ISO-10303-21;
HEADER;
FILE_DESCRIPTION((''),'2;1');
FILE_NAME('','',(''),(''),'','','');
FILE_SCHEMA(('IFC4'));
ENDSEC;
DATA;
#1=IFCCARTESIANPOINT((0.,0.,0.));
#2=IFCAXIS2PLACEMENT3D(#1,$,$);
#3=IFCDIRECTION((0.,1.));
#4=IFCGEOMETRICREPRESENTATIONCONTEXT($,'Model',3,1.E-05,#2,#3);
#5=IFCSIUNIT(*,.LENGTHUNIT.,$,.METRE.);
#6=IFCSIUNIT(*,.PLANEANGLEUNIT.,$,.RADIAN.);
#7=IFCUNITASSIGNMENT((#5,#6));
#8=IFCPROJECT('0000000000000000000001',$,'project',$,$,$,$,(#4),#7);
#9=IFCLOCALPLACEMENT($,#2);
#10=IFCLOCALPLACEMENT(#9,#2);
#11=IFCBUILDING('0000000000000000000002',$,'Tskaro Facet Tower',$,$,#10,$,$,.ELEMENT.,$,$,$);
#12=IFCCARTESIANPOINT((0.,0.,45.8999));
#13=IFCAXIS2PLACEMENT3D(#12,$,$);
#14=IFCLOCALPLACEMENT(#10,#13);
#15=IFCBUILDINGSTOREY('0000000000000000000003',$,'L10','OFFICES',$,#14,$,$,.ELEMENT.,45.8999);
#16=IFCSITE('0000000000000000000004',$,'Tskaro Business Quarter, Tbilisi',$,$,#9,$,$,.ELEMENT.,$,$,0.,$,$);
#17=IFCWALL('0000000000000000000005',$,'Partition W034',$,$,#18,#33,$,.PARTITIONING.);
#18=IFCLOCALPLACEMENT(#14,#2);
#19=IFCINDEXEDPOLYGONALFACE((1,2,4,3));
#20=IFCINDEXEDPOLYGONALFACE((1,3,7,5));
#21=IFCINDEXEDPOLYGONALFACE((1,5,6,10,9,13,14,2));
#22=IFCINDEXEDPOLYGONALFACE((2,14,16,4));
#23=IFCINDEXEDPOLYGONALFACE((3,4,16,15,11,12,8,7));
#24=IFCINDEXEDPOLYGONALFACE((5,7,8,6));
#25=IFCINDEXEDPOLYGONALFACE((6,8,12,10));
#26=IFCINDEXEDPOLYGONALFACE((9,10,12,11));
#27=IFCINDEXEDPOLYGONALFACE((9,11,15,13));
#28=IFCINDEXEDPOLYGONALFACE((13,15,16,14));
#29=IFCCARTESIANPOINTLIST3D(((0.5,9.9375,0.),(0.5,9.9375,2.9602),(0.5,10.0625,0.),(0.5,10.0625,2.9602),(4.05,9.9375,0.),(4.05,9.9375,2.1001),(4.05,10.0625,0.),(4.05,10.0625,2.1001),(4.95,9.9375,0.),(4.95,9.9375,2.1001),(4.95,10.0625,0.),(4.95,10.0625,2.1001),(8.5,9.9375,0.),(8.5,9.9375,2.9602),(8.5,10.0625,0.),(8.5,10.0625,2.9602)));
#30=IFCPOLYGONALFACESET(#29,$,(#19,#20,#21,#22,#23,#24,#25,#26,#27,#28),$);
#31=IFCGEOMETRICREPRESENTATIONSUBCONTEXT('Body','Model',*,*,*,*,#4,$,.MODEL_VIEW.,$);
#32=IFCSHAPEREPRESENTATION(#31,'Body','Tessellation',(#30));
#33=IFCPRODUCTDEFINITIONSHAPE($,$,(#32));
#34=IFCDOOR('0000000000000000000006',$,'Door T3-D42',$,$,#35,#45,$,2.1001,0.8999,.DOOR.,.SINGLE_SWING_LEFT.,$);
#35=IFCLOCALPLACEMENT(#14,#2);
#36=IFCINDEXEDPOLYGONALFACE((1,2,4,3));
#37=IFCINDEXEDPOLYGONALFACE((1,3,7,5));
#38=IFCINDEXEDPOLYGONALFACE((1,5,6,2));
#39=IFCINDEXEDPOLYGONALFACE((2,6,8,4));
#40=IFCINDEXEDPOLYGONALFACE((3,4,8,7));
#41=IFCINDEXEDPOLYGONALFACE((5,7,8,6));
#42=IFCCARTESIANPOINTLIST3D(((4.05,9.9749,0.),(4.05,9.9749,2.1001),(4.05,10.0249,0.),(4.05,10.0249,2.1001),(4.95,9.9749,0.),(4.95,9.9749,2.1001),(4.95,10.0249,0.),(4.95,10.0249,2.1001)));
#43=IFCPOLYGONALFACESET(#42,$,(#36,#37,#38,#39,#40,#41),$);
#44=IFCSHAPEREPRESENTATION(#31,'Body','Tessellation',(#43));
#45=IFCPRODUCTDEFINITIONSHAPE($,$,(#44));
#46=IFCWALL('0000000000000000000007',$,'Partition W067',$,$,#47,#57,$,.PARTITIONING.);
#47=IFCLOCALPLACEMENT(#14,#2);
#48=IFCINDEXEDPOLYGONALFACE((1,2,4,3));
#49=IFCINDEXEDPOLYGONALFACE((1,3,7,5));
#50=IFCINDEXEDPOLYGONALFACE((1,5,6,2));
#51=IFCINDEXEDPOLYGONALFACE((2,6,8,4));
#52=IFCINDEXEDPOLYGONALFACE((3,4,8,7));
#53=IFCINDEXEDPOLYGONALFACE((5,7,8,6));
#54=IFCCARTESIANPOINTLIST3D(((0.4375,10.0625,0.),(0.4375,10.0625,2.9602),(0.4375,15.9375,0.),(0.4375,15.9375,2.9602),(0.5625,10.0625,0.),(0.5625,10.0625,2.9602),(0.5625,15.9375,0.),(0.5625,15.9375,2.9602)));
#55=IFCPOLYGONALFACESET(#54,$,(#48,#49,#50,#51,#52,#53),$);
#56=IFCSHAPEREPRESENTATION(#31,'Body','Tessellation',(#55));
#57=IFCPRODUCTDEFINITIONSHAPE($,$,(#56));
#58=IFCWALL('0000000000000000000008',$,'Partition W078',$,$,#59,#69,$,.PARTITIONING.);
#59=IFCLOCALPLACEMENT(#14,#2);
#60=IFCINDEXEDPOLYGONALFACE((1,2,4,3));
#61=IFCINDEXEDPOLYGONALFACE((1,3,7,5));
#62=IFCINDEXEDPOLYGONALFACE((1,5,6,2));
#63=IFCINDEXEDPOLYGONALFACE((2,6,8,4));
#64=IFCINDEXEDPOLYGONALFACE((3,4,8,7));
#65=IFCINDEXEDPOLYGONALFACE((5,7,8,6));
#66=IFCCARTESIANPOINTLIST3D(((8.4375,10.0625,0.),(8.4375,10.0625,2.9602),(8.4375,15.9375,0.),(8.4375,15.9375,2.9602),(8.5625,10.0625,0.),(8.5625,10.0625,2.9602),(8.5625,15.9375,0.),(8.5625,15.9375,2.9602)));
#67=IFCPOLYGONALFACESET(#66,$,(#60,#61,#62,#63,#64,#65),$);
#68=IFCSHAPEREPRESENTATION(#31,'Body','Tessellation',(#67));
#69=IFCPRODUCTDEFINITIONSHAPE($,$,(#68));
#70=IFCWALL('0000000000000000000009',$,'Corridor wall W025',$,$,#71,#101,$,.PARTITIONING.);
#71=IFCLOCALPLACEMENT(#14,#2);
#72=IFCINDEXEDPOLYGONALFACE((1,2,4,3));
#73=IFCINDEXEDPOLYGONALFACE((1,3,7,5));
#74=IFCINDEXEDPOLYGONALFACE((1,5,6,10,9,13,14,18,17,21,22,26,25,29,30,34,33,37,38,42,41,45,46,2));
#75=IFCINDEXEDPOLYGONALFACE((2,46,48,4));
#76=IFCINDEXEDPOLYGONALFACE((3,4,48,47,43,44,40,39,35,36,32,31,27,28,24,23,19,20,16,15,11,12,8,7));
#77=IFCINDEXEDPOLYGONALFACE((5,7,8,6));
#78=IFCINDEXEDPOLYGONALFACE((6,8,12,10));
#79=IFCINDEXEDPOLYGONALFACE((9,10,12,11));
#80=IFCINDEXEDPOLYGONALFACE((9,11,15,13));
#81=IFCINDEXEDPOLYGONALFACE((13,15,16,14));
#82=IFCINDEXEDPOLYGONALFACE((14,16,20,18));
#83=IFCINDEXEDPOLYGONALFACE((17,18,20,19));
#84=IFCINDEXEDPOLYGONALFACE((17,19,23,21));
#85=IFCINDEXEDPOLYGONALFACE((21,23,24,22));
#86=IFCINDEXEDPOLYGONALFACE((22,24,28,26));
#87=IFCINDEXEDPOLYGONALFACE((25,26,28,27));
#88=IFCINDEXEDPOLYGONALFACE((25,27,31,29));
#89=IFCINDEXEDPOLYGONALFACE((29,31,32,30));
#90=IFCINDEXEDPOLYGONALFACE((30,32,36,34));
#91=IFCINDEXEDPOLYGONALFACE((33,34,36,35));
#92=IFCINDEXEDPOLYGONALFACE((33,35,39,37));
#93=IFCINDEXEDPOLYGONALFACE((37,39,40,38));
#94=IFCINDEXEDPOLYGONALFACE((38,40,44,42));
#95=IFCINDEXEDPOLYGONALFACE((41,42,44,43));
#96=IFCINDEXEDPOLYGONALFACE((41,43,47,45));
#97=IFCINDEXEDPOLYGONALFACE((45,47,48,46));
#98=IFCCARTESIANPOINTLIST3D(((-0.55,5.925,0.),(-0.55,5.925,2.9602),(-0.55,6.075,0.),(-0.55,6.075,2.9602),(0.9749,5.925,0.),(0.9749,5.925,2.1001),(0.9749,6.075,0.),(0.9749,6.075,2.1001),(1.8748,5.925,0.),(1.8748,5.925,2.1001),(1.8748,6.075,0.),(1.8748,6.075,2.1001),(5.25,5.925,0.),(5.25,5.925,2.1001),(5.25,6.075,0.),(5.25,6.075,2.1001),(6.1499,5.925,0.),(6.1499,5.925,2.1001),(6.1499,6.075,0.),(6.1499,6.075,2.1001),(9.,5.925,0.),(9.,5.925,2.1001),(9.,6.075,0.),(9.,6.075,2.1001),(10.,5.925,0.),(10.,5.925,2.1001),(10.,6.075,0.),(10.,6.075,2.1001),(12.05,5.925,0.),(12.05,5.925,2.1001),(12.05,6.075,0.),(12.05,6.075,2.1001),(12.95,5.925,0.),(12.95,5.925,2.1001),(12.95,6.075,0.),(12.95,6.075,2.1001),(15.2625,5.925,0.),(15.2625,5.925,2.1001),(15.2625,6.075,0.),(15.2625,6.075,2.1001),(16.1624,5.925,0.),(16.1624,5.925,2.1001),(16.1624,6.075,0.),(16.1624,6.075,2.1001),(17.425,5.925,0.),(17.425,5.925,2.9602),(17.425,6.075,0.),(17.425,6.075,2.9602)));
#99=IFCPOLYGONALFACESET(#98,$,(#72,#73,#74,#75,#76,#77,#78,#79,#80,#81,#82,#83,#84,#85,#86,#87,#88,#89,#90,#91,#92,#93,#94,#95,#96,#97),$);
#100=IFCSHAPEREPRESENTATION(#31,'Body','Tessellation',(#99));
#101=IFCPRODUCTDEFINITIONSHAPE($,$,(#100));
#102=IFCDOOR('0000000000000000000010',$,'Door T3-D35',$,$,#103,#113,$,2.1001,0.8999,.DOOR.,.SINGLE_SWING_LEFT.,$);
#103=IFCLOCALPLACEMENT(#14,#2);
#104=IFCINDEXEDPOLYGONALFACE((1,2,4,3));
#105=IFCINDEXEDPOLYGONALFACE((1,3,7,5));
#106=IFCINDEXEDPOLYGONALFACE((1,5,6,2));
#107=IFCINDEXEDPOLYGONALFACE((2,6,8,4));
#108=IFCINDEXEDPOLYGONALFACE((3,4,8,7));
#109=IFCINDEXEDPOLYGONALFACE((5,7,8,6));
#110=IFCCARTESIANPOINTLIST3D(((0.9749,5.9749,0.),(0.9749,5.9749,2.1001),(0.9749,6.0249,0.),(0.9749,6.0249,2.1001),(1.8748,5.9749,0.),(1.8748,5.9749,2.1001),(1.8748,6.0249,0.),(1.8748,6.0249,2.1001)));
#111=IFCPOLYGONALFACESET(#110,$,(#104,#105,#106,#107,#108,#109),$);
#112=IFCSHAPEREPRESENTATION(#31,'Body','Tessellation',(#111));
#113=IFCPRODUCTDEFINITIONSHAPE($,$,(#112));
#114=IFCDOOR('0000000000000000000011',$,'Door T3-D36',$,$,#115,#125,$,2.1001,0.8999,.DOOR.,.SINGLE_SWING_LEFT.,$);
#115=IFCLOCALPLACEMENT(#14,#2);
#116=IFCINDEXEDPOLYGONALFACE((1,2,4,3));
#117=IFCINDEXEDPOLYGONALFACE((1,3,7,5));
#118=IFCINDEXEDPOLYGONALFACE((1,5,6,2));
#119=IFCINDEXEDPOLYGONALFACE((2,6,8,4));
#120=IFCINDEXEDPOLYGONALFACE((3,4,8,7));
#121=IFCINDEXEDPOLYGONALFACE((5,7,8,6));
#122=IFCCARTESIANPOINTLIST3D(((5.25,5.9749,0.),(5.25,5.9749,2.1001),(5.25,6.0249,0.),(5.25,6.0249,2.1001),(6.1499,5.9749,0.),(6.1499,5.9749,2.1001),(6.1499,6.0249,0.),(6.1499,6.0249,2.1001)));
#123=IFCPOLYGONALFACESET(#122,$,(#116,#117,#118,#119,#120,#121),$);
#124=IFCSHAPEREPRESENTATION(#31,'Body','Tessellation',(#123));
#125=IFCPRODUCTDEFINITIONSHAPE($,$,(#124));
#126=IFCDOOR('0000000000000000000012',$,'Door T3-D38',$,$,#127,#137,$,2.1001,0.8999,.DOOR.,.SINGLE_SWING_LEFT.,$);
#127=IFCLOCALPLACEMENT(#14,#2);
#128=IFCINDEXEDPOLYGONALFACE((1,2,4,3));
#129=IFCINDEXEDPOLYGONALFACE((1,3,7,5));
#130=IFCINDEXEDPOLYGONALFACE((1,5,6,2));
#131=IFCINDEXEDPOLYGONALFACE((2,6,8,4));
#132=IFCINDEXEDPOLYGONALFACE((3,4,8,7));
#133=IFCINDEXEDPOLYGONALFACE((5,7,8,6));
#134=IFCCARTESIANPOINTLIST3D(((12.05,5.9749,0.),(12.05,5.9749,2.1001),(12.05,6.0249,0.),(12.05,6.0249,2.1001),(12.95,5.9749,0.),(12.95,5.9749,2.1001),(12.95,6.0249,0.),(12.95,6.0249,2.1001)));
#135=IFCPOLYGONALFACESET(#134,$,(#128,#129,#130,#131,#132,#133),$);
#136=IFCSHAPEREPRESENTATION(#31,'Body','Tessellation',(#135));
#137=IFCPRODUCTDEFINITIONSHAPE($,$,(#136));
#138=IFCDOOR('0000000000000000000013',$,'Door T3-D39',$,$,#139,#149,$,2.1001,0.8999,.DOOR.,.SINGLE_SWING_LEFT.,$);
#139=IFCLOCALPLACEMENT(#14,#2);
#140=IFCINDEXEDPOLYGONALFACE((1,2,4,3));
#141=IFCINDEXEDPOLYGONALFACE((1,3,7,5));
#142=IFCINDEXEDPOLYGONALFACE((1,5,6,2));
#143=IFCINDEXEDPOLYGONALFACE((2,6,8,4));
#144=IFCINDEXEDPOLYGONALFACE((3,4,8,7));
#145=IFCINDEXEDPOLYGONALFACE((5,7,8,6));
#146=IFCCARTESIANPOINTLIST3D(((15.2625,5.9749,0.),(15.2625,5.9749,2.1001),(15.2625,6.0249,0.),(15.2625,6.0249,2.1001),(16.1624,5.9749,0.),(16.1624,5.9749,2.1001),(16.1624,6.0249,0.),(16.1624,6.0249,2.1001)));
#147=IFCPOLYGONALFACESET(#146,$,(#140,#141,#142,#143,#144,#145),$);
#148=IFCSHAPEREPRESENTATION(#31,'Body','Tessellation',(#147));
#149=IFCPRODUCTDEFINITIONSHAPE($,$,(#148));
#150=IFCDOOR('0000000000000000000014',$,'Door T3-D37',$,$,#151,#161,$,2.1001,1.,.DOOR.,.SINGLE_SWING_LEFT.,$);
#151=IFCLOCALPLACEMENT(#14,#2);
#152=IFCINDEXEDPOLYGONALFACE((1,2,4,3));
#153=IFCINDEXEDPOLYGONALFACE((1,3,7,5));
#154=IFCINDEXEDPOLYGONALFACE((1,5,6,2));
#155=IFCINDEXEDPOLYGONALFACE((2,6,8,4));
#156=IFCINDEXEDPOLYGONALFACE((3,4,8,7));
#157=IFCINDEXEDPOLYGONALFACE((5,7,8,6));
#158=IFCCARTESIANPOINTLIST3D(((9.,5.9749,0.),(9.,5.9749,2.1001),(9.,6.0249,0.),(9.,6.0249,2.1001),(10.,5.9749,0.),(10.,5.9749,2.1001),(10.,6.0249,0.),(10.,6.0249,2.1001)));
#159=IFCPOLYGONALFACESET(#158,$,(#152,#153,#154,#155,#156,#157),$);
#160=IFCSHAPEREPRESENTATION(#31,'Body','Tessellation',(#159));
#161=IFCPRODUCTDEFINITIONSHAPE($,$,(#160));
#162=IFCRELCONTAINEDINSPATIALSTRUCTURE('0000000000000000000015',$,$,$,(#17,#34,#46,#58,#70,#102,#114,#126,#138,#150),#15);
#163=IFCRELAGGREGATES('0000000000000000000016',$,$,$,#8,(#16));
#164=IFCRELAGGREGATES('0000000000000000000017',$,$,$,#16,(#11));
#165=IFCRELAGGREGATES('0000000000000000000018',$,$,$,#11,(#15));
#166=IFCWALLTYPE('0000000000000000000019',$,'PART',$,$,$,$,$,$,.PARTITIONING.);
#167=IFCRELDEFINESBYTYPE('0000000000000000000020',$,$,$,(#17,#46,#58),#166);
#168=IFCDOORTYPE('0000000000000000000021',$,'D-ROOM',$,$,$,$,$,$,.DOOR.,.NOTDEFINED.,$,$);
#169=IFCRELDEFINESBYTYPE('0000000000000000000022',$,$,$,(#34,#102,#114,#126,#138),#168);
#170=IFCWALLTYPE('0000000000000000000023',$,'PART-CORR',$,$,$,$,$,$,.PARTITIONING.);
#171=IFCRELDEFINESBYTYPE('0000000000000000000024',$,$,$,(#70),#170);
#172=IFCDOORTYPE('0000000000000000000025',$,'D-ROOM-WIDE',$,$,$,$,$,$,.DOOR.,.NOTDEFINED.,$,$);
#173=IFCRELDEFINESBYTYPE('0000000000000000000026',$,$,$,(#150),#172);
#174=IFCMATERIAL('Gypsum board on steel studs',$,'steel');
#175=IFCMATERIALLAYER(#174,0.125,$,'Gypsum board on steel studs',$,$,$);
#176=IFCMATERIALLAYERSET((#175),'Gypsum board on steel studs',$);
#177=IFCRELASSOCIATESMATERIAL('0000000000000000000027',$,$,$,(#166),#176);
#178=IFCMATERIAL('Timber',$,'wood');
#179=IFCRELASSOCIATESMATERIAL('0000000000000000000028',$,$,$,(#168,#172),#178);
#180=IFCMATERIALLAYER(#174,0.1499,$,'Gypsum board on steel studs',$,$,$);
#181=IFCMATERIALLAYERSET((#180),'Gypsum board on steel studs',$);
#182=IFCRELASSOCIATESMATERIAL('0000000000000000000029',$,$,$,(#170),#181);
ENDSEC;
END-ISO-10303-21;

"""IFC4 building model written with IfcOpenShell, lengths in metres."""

from ifc_helpers import new_model, si_unit, direction, frame, frame_2d, origin, place, context, subcontext, project, spatial, rectangle, extrude, material, layer, layer_set, type_object, element, fill, save


model = new_model("IFC4")

# Units and contexts
model_context = context("Model", 3, precision=1e-05, world=origin(), true_north=direction((0.0, 1.0)))
body_context = subcontext(model_context, "Body", "Model", "MODEL_VIEW")
ifc_project = project(units=[si_unit("LENGTHUNIT", "METRE"), si_unit("PLANEANGLEUNIT", "RADIAN")], contexts=[model_context])

# Site, building, storey
site_placement = place(None, origin())
site = spatial("IfcSite", under=ifc_project, at=site_placement, Name="Tskaro Business Quarter, Tbilisi", CompositionType="ELEMENT", RefElevation=0.0)
building_placement = place(site_placement, origin())
building = spatial("IfcBuilding", under=site, at=building_placement, Name="Tskaro Facet Tower", CompositionType="ELEMENT")
storey_placement = place(building_placement, frame((0.0, 0.0, 45.8999)))
storey = spatial("IfcBuildingStorey", under=building, at=storey_placement, Name="L10", Description="OFFICES", CompositionType="ELEMENT", Elevation=45.8999)

# Wall, opening, door
ifc_material_1 = material(Name="Gypsum board on steel studs", Category="steel")
ifc_layer_1 = layer(ifc_material_1, 0.125, Name="Gypsum board on steel studs")
ifc_layer_set_1 = layer_set([ifc_layer_1], Name="Gypsum board on steel studs")
wall_type_1 = type_object("IfcWallType", Name="PART", PredefinedType="PARTITIONING", material=ifc_layer_set_1)
wall_1_placement = place(storey_placement, frame((0.5, 10.0, 0.0), z_axis=(0.0, 0.0, 1.0), x_axis=(1.0, 0.0, 0.0)))
wall_1 = element("IfcWall", 1, at=wall_1_placement, inside=storey, type_object=wall_type_1, Name="Partition W034", PredefinedType="PARTITIONING", context=body_context, shape_type="SweptSolid", body=[
    extrude(rectangle(XDim=8.0, YDim=0.125, at=frame_2d((4.0, 0.0))), origin(), (0.0, 0.0, 1.0), 2.9602),
])
opening_1_placement = place(wall_1_placement, frame((3.55, 0.0, 0.0)))
opening_1 = element("IfcOpeningElement", 2, at=opening_1_placement, cuts=wall_1, PredefinedType="OPENING", context=body_context, shape_type="SweptSolid", body=[
    extrude(rectangle(XDim=0.8999, YDim=2.1001, at=frame_2d((0.45, 1.05))), frame((0.0, 0.0725, 0.0), z_axis=(0.0, -1.0, 0.0), x_axis=(1.0, 0.0, 0.0)), (0.0, 0.0, 1.0), 0.145),
])
ifc_material_2 = material(Name="Timber", Category="wood")
door_type_1 = type_object("IfcDoorType", Name="D-ROOM", OperationType="NOTDEFINED", PredefinedType="DOOR", material=ifc_material_2)
door_1_placement = place(opening_1_placement, origin())
door_1 = element("IfcDoor", 3, at=door_1_placement, inside=storey, type_object=door_type_1, Name="Door T3-D42", OperationType="SINGLE_SWING_LEFT", OverallHeight=2.1001, OverallWidth=0.8999, PredefinedType="DOOR", context=body_context, shape_type="SweptSolid", body=[
    extrude(rectangle(XDim=0.8999, YDim=2.1001, at=frame_2d((0.45, 1.05))), frame((0.0, 0.0249, 0.0), z_axis=(0.0, -1.0, 0.0), x_axis=(1.0, 0.0, 0.0)), (0.0, 0.0, 1.0), 0.05),
])
fill(opening_1, door_1)

# Walls
for number, where, z_axis, x_axis, name in (
    (4, (0.5, 10.0625, 0.0), (0.0, 0.0, 1.0), (0.0, 1.0, 0.0), "Partition W067"),
    (5, (8.5, 10.0625, 0.0), (0.0, 0.0, 1.0), (0.0, 1.0, 0.0), "Partition W078"),
):
    element("IfcWall", number, at=place(storey_placement, frame(where, z_axis=z_axis, x_axis=x_axis)), inside=storey, type_object=wall_type_1, Name=name, PredefinedType="PARTITIONING", context=body_context, shape_type="SweptSolid", body=[
        extrude(rectangle(XDim=5.875, YDim=0.125, at=frame_2d((2.9375, 0.0))), origin(), (0.0, 0.0, 1.0), 2.9602),
    ])

# Wall, openings, doors
ifc_layer_2 = layer(ifc_material_1, 0.1499, Name="Gypsum board on steel studs")
ifc_layer_set_2 = layer_set([ifc_layer_2], Name="Gypsum board on steel studs")
wall_type_2 = type_object("IfcWallType", Name="PART-CORR", PredefinedType="PARTITIONING", material=ifc_layer_set_2)
wall_2_placement = place(storey_placement, frame((-0.55, 6.0, 0.0), z_axis=(0.0, 0.0, 1.0), x_axis=(1.0, 0.0, 0.0)))
wall_2 = element("IfcWall", 6, at=wall_2_placement, inside=storey, type_object=wall_type_2, Name="Corridor wall W025", PredefinedType="PARTITIONING", context=body_context, shape_type="SweptSolid", body=[
    extrude(rectangle(XDim=17.9751, YDim=0.1499, at=frame_2d((8.9875, 0.0))), origin(), (0.0, 0.0, 1.0), 2.9602),
])
opening_2_placement = place(wall_2_placement, frame((1.5249, 0.0, 0.0)))
opening_2 = element("IfcOpeningElement", 7, at=opening_2_placement, cuts=wall_2, PredefinedType="OPENING", context=body_context, shape_type="SweptSolid", body=[
    extrude(rectangle(XDim=0.8999, YDim=2.1001, at=frame_2d((0.45, 1.05))), frame((0.0, 0.085, 0.0), z_axis=(0.0, -1.0, 0.0), x_axis=(1.0, 0.0, 0.0)), (0.0, 0.0, 1.0), 0.1699),
])
opening_3_placement = place(wall_2_placement, frame((5.8, 0.0, 0.0)))
opening_3 = element("IfcOpeningElement", 8, at=opening_3_placement, cuts=wall_2, PredefinedType="OPENING", context=body_context, shape_type="SweptSolid", body=[
    extrude(rectangle(XDim=0.8999, YDim=2.1001, at=frame_2d((0.45, 1.05))), frame((0.0, 0.085, 0.0), z_axis=(0.0, -1.0, 0.0), x_axis=(1.0, 0.0, 0.0)), (0.0, 0.0, 1.0), 0.1699),
])
opening_4_placement = place(wall_2_placement, frame((9.55, 0.0, 0.0)))
opening_4 = element("IfcOpeningElement", 9, at=opening_4_placement, cuts=wall_2, PredefinedType="OPENING", context=body_context, shape_type="SweptSolid", body=[
    extrude(rectangle(XDim=1.0, YDim=2.1001, at=frame_2d((0.5, 1.05))), frame((0.0, 0.085, 0.0), z_axis=(0.0, -1.0, 0.0), x_axis=(1.0, 0.0, 0.0)), (0.0, 0.0, 1.0), 0.1699),
])
opening_5_placement = place(wall_2_placement, frame((12.6001, 0.0, 0.0)))
opening_5 = element("IfcOpeningElement", 10, at=opening_5_placement, cuts=wall_2, PredefinedType="OPENING", context=body_context, shape_type="SweptSolid", body=[
    extrude(rectangle(XDim=0.8999, YDim=2.1001, at=frame_2d((0.45, 1.05))), frame((0.0, 0.085, 0.0), z_axis=(0.0, -1.0, 0.0), x_axis=(1.0, 0.0, 0.0)), (0.0, 0.0, 1.0), 0.1699),
])
opening_6_placement = place(wall_2_placement, frame((15.8125, 0.0, 0.0)))
opening_6 = element("IfcOpeningElement", 11, at=opening_6_placement, cuts=wall_2, PredefinedType="OPENING", context=body_context, shape_type="SweptSolid", body=[
    extrude(rectangle(XDim=0.8999, YDim=2.1001, at=frame_2d((0.45, 1.05))), frame((0.0, 0.085, 0.0), z_axis=(0.0, -1.0, 0.0), x_axis=(1.0, 0.0, 0.0)), (0.0, 0.0, 1.0), 0.1699),
])
door_2_placement = place(opening_2_placement, origin())
door_2 = element("IfcDoor", 12, at=door_2_placement, inside=storey, type_object=door_type_1, Name="Door T3-D35", OperationType="SINGLE_SWING_LEFT", OverallHeight=2.1001, OverallWidth=0.8999, PredefinedType="DOOR", context=body_context, shape_type="SweptSolid", body=[
    extrude(rectangle(XDim=0.8999, YDim=2.1001, at=frame_2d((0.45, 1.05))), frame((0.0, 0.0249, 0.0), z_axis=(0.0, -1.0, 0.0), x_axis=(1.0, 0.0, 0.0)), (0.0, 0.0, 1.0), 0.05),
])
fill(opening_2, door_2)
door_3_placement = place(opening_3_placement, origin())
door_3 = element("IfcDoor", 13, at=door_3_placement, inside=storey, type_object=door_type_1, Name="Door T3-D36", OperationType="SINGLE_SWING_LEFT", OverallHeight=2.1001, OverallWidth=0.8999, PredefinedType="DOOR", context=body_context, shape_type="SweptSolid", body=[
    extrude(rectangle(XDim=0.8999, YDim=2.1001, at=frame_2d((0.45, 1.05))), frame((0.0, 0.0249, 0.0), z_axis=(0.0, -1.0, 0.0), x_axis=(1.0, 0.0, 0.0)), (0.0, 0.0, 1.0), 0.05),
])
fill(opening_3, door_3)
door_4_placement = place(opening_5_placement, origin())
door_4 = element("IfcDoor", 14, at=door_4_placement, inside=storey, type_object=door_type_1, Name="Door T3-D38", OperationType="SINGLE_SWING_LEFT", OverallHeight=2.1001, OverallWidth=0.8999, PredefinedType="DOOR", context=body_context, shape_type="SweptSolid", body=[
    extrude(rectangle(XDim=0.8999, YDim=2.1001, at=frame_2d((0.45, 1.05))), frame((0.0, 0.0249, 0.0), z_axis=(0.0, -1.0, 0.0), x_axis=(1.0, 0.0, 0.0)), (0.0, 0.0, 1.0), 0.05),
])
fill(opening_5, door_4)
door_5_placement = place(opening_6_placement, origin())
door_5 = element("IfcDoor", 15, at=door_5_placement, inside=storey, type_object=door_type_1, Name="Door T3-D39", OperationType="SINGLE_SWING_LEFT", OverallHeight=2.1001, OverallWidth=0.8999, PredefinedType="DOOR", context=body_context, shape_type="SweptSolid", body=[
    extrude(rectangle(XDim=0.8999, YDim=2.1001, at=frame_2d((0.45, 1.05))), frame((0.0, 0.0249, 0.0), z_axis=(0.0, -1.0, 0.0), x_axis=(1.0, 0.0, 0.0)), (0.0, 0.0, 1.0), 0.05),
])
fill(opening_6, door_5)
door_type_2 = type_object("IfcDoorType", Name="D-ROOM-WIDE", OperationType="NOTDEFINED", PredefinedType="DOOR", material=ifc_material_2)
door_6_placement = place(opening_4_placement, origin())
door_6 = element("IfcDoor", 16, at=door_6_placement, inside=storey, type_object=door_type_2, Name="Door T3-D37", OperationType="SINGLE_SWING_LEFT", OverallHeight=2.1001, OverallWidth=1.0, PredefinedType="DOOR", context=body_context, shape_type="SweptSolid", body=[
    extrude(rectangle(XDim=1.0, YDim=2.1001, at=frame_2d((0.5, 1.05))), frame((0.0, 0.0249, 0.0), z_axis=(0.0, -1.0, 0.0), x_axis=(1.0, 0.0, 0.0)), (0.0, 0.0, 1.0), 0.05),
])
fill(opening_4, door_6)

save(model, "model.ifc")
